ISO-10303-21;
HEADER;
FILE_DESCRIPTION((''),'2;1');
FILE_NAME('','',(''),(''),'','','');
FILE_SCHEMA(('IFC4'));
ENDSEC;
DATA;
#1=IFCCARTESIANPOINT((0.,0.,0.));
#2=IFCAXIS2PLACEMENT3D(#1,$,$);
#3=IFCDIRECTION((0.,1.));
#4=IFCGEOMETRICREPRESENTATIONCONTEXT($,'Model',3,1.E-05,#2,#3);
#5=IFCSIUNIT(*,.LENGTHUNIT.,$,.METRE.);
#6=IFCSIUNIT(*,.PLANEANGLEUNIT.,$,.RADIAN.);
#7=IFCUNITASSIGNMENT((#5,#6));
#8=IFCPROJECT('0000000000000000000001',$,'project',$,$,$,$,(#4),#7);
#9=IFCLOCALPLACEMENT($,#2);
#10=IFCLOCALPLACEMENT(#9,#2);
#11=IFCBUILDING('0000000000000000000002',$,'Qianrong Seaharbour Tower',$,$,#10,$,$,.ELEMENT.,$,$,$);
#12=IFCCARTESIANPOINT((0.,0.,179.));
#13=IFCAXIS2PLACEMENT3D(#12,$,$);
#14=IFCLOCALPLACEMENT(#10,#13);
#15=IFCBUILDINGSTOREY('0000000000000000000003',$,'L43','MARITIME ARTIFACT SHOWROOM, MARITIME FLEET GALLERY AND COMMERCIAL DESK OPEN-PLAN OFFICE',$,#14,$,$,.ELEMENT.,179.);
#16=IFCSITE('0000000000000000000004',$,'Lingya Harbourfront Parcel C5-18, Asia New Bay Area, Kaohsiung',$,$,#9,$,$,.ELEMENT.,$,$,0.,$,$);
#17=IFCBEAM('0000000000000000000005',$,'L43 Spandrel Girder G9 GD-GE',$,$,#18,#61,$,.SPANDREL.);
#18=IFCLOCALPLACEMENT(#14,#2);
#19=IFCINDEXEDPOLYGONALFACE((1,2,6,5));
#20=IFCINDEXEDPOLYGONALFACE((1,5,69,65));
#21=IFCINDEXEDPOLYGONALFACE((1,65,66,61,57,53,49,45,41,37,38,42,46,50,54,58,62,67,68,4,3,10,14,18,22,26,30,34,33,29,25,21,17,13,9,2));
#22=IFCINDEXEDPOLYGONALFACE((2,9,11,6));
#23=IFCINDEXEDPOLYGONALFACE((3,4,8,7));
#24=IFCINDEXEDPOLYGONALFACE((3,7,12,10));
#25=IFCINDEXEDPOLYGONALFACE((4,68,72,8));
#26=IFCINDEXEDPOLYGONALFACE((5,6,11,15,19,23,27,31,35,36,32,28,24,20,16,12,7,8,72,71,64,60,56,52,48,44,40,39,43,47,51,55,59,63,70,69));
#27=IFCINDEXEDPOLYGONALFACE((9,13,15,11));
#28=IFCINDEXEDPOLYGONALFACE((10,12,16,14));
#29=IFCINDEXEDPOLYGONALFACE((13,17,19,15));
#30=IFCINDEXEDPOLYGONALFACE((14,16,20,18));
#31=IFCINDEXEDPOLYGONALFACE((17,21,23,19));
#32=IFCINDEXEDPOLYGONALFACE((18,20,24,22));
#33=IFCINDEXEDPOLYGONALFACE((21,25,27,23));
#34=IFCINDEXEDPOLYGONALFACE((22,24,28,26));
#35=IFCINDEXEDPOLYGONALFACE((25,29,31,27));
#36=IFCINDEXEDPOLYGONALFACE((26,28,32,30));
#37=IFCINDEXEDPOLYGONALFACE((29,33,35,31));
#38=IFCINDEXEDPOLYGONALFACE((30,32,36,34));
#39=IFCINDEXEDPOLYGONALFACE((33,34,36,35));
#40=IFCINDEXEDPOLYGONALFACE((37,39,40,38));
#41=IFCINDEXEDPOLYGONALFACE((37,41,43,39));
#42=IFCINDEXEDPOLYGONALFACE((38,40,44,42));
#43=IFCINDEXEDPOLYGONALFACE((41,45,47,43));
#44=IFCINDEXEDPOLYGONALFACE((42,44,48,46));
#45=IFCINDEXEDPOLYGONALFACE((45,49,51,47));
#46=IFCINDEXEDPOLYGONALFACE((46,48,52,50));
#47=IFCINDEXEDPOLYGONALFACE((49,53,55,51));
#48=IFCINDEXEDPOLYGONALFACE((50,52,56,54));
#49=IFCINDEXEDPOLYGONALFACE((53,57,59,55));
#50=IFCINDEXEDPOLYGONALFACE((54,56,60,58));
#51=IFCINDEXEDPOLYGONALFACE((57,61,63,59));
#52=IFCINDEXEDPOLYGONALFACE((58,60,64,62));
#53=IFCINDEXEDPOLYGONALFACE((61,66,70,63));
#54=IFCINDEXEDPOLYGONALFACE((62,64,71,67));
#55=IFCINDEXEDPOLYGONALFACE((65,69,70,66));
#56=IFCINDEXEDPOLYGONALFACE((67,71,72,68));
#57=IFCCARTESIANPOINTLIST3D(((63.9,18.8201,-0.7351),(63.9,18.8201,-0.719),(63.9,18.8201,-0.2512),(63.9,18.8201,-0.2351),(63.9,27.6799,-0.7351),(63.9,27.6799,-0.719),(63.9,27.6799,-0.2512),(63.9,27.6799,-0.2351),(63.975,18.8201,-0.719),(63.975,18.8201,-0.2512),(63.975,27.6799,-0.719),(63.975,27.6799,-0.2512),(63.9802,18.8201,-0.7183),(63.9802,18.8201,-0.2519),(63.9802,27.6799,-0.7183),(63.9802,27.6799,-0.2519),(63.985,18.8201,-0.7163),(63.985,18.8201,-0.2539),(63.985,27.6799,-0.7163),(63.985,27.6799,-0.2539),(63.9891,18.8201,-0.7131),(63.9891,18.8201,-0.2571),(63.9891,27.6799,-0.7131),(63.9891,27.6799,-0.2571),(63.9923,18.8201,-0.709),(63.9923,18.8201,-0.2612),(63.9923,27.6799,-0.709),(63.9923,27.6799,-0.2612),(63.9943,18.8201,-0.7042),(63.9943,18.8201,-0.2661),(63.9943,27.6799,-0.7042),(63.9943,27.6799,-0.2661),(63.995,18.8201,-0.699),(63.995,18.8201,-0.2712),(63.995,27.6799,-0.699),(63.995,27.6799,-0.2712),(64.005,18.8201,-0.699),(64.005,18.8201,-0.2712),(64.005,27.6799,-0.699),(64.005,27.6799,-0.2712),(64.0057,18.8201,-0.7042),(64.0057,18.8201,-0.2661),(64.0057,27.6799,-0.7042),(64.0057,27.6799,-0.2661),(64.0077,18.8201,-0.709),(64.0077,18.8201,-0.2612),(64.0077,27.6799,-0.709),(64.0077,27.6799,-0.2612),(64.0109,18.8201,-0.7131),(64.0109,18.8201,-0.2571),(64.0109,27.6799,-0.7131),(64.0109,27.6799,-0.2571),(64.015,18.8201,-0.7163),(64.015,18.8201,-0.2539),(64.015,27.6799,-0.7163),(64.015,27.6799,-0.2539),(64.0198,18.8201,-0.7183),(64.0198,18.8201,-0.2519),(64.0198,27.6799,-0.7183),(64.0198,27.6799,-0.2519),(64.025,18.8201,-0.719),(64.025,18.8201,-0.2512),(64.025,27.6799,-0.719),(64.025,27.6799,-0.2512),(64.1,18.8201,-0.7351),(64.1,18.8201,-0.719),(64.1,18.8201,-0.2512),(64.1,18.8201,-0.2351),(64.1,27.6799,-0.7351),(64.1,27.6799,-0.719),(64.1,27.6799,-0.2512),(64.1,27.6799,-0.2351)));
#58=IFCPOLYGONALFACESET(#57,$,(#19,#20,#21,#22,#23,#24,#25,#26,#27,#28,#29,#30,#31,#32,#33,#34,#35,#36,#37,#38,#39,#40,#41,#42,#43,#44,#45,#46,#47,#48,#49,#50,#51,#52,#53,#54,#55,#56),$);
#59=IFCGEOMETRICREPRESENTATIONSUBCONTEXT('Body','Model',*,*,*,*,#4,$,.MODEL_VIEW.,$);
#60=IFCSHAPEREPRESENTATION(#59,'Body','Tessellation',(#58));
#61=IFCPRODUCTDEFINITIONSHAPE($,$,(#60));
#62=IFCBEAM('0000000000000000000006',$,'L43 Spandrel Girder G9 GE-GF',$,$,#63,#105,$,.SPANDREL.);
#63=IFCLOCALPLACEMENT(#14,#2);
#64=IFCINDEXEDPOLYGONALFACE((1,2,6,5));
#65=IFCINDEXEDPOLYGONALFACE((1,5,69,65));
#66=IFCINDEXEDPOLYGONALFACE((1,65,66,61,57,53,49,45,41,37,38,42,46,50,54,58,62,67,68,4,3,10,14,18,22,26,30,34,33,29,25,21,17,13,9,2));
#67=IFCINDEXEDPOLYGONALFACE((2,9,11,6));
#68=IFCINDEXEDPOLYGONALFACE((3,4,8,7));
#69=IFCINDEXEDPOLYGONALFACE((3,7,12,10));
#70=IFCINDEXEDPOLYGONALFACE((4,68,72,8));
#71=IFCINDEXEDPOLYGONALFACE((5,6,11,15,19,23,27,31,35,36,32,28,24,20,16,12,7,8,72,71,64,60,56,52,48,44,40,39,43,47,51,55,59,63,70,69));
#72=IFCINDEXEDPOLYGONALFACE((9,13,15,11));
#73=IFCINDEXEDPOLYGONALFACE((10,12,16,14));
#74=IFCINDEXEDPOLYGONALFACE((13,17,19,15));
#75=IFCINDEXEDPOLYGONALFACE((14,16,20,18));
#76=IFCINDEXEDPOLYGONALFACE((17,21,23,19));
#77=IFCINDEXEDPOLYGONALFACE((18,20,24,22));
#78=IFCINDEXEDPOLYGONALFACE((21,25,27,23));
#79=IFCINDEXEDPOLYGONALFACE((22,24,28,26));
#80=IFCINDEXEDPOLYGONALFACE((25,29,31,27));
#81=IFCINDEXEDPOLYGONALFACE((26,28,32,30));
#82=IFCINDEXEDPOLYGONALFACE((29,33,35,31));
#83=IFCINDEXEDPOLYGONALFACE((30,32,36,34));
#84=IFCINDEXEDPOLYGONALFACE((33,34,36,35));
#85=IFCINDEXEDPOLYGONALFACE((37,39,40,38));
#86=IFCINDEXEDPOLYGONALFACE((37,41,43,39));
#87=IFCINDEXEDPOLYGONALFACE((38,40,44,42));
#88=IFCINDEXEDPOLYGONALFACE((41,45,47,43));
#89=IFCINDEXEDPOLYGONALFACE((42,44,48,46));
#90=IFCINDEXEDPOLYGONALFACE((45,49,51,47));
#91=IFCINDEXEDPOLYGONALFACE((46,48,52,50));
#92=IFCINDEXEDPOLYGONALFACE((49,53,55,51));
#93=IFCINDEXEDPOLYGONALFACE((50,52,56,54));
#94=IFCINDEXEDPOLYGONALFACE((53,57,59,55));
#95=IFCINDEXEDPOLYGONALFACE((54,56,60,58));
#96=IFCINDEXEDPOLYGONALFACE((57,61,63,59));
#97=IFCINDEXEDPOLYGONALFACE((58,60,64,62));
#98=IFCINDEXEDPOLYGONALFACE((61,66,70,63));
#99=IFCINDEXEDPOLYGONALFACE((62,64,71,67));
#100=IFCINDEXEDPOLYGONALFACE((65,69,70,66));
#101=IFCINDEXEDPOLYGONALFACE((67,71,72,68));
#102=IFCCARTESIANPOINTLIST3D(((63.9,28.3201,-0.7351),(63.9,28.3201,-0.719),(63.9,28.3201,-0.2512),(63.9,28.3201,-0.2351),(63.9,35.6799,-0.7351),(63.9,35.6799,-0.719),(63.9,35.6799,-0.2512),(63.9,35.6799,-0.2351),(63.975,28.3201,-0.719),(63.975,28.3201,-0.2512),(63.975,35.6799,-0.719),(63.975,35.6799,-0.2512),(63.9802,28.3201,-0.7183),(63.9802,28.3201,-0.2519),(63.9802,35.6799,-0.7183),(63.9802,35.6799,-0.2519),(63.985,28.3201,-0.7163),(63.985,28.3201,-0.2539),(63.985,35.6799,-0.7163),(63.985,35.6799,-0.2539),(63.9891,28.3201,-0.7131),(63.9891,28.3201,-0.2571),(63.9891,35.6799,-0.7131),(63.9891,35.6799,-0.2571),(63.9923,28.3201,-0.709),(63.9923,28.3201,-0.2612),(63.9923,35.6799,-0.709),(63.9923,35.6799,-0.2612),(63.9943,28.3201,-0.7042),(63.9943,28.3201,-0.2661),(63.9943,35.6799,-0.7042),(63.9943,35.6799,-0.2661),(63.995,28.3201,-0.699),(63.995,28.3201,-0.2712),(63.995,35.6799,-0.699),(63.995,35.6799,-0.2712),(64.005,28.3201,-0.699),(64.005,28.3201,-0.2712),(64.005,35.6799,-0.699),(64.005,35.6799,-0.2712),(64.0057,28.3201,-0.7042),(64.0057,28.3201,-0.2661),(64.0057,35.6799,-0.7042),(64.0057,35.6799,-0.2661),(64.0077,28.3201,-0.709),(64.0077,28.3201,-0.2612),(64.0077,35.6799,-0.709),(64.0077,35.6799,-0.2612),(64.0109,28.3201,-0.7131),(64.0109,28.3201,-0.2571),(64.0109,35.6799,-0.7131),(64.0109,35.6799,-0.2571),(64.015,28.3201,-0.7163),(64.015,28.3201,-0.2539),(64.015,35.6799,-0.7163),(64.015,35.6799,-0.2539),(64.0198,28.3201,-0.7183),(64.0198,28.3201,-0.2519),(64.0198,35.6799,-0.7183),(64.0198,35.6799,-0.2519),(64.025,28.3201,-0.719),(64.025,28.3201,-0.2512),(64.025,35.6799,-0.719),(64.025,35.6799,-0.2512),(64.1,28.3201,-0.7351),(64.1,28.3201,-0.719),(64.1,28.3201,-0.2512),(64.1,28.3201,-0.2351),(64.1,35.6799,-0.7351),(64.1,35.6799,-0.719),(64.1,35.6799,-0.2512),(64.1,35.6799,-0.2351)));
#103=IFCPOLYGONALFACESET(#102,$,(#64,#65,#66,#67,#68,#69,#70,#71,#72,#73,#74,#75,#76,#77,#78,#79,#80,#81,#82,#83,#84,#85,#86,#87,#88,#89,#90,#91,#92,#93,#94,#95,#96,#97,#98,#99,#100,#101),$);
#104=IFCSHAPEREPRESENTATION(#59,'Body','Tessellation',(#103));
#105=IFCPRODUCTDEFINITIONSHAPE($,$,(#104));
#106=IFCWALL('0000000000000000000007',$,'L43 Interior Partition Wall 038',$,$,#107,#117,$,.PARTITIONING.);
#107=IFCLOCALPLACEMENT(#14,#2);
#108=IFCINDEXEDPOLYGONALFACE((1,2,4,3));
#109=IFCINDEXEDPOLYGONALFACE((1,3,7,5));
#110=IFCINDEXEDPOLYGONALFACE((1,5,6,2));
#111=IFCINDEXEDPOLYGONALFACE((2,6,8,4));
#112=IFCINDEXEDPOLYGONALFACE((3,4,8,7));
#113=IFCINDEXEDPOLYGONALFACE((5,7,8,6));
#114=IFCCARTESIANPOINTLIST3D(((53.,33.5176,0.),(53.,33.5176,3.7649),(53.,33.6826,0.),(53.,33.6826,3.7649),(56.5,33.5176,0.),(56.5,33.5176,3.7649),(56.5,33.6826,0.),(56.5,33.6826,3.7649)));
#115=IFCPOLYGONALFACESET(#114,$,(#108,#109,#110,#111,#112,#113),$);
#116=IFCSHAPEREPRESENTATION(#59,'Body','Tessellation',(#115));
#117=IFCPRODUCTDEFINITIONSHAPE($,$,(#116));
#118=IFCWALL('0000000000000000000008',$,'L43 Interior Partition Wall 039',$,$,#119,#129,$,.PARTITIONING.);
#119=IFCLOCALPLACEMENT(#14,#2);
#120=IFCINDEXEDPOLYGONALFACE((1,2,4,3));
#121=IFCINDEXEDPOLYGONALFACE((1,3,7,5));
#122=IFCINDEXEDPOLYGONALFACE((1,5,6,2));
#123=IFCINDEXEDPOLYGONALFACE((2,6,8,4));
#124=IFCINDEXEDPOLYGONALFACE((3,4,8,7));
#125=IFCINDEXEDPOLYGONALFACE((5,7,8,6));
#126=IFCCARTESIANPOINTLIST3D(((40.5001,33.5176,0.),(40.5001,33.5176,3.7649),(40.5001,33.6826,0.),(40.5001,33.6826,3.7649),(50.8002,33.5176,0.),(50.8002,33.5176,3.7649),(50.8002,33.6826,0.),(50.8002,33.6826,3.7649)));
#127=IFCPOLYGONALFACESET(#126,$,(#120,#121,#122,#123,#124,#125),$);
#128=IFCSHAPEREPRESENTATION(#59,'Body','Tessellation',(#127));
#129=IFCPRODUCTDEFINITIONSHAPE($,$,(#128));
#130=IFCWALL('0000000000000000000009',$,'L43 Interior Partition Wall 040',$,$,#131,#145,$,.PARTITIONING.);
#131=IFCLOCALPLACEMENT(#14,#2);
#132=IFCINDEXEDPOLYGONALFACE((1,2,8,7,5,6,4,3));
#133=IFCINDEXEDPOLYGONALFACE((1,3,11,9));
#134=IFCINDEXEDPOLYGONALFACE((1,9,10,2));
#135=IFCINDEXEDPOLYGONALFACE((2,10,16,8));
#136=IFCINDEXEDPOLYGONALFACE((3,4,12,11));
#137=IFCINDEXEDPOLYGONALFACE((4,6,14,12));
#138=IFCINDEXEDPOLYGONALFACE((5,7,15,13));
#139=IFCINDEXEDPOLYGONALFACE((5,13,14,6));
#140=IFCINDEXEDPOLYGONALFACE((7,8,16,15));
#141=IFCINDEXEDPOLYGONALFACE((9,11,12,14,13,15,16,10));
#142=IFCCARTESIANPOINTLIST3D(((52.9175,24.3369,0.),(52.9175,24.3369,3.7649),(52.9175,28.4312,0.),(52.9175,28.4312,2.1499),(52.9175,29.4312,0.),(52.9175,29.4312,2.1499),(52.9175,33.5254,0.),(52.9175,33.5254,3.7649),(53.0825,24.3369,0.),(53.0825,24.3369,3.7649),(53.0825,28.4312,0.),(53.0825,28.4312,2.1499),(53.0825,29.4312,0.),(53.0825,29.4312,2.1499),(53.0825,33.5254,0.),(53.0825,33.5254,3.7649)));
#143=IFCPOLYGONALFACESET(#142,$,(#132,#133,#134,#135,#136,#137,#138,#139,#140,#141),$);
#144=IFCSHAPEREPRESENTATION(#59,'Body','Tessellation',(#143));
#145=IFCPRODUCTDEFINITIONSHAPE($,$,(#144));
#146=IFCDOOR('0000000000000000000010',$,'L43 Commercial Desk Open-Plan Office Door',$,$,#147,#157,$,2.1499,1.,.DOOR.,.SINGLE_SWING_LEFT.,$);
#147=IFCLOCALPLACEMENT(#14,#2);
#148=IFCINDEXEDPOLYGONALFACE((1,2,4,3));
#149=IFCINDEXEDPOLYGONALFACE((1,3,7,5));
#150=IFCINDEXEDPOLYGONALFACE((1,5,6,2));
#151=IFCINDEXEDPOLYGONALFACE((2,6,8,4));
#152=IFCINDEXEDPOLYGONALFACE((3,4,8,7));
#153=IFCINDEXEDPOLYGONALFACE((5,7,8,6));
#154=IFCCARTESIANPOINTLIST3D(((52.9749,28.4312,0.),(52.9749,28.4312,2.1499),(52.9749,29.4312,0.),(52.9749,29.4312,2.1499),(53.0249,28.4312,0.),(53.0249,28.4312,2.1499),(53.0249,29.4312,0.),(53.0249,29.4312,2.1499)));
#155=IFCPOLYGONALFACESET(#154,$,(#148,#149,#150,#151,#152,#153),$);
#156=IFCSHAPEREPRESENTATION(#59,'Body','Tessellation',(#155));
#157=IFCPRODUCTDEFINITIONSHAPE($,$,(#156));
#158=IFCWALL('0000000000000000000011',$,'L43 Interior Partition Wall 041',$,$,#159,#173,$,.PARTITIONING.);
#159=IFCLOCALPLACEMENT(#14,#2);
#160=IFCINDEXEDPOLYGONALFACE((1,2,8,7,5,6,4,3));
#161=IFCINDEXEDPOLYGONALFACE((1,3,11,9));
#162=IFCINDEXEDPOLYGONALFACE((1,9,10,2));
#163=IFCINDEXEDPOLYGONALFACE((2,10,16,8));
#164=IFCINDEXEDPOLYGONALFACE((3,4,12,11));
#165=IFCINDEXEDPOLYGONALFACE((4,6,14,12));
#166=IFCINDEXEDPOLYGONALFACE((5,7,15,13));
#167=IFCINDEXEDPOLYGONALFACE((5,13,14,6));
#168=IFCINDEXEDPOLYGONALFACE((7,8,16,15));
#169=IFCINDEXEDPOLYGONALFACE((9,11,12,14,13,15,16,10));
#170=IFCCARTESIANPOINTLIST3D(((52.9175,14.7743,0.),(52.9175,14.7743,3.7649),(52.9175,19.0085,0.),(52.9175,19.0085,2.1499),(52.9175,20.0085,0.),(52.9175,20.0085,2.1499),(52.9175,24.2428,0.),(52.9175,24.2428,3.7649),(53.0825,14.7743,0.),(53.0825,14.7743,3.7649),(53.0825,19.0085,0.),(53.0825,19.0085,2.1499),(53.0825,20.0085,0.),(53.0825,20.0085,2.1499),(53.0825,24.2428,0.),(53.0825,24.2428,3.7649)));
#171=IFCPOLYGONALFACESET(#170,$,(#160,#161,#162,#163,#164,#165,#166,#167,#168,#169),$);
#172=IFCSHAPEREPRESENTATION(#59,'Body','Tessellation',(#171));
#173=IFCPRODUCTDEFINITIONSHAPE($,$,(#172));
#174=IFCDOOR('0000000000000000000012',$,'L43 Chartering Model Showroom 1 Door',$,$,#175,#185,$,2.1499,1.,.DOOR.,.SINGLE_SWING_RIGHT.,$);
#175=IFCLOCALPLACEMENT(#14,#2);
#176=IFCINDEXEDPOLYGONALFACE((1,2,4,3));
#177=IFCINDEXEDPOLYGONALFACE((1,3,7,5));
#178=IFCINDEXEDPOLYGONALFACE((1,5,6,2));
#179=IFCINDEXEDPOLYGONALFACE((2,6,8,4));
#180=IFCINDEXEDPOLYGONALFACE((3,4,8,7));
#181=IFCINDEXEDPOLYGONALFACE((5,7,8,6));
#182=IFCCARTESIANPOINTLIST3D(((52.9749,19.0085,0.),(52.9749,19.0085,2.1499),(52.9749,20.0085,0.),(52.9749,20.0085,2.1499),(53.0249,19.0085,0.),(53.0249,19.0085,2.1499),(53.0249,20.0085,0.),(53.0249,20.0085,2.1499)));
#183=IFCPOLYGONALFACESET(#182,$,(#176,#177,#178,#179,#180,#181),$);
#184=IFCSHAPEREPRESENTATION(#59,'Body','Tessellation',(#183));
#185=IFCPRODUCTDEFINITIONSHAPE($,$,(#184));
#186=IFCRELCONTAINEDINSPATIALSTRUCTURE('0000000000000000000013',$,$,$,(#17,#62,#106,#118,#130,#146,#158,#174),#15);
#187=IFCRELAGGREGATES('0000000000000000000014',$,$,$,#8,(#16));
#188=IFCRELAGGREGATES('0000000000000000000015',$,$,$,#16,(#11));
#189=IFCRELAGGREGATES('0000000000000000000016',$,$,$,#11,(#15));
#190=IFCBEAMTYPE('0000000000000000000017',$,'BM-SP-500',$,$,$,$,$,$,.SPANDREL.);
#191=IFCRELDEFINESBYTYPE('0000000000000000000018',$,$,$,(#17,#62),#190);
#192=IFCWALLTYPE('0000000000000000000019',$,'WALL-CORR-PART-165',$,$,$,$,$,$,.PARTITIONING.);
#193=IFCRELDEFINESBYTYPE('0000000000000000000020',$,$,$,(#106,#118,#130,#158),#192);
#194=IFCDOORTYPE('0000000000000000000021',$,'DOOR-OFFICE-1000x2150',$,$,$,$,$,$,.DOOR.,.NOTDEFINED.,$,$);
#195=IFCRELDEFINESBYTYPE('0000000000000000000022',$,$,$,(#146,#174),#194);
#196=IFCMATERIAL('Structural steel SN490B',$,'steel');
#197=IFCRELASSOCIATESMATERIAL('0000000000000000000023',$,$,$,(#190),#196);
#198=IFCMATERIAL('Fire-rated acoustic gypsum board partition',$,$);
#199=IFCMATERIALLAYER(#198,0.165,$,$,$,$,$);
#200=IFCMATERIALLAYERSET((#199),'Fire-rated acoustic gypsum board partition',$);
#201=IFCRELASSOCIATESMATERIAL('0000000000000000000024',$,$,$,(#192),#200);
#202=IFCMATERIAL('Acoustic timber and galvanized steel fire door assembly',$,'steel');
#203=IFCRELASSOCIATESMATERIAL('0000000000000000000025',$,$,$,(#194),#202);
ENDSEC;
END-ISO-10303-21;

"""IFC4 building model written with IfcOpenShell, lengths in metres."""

from ifc_helpers import new_model, si_unit, direction, frame, frame_2d, origin, origin_2d, place, context, subcontext, project, spatial, rectangle, i_section, extrude, material, layer, layer_set, material_profile, profile_set, type_object, element, fill, save


model = new_model("IFC4")

# Units and contexts
model_context = context("Model", 3, precision=1e-05, world=origin(), true_north=direction((0.0, 1.0)))
body_context = subcontext(model_context, "Body", "Model", "MODEL_VIEW")
ifc_project = project(units=[si_unit("LENGTHUNIT", "METRE"), si_unit("PLANEANGLEUNIT", "RADIAN")], contexts=[model_context])

# Site, building, storey
site_placement = place(None, origin())
site = spatial("IfcSite", under=ifc_project, at=site_placement, Name="Lingya Harbourfront Parcel C5-18, Asia New Bay Area, Kaohsiung", CompositionType="ELEMENT", RefElevation=0.0)
building_placement = place(site_placement, origin())
building = spatial("IfcBuilding", under=site, at=building_placement, Name="Qianrong Seaharbour Tower", CompositionType="ELEMENT")
storey_placement = place(building_placement, frame((0.0, 0.0, 179.0)))
storey = spatial("IfcBuildingStorey", under=building, at=storey_placement, Name="L43", Description="MARITIME ARTIFACT SHOWROOM, MARITIME FLEET GALLERY AND COMMERCIAL DESK OPEN-PLAN OFFICE", CompositionType="ELEMENT", Elevation=179.0)

# Shared definitions
ifc_material_1 = material(Name="Structural steel SN490B", Category="steel")

# Beams
ifc_material_profile_1 = material_profile(ifc_material_1, i_section(OverallWidth=0.2, OverallDepth=0.5, WebThickness=0.01, FlangeThickness=0.0161, FilletRadius=0.02, at=origin_2d()), Name="H500x200x10x16")
ifc_profile_set_1 = profile_set([ifc_material_profile_1], Name="Structural steel SN490B")
beam_type_1 = type_object("IfcBeamType", Name="BM-SP-500", PredefinedType="SPANDREL", material=ifc_profile_set_1)
beam_1_placement = place(storey_placement, frame((64.0, 18.8201, -0.4851), z_axis=(0.0, 1.0, 0.0), x_axis=(-1.0, 0.0, 0.0)))
element("IfcBeam", 1, at=beam_1_placement, inside=storey, type_object=beam_type_1, Name="L43 Spandrel Girder G9 GD-GE", PredefinedType="SPANDREL", context=body_context, shape_type="SweptSolid", body=[
    extrude(i_section(OverallWidth=0.2, OverallDepth=0.5, WebThickness=0.01, FlangeThickness=0.0161, FilletRadius=0.02, at=origin_2d()), origin(), (0.0, 0.0, 1.0), 8.8599),
])
beam_2_placement = place(storey_placement, frame((64.0, 28.3201, -0.4851), z_axis=(0.0, 1.0, 0.0), x_axis=(-1.0, 0.0, 0.0)))
element("IfcBeam", 2, at=beam_2_placement, inside=storey, type_object=beam_type_1, Name="L43 Spandrel Girder G9 GE-GF", PredefinedType="SPANDREL", context=body_context, shape_type="SweptSolid", body=[
    extrude(i_section(OverallWidth=0.2, OverallDepth=0.5, WebThickness=0.01, FlangeThickness=0.0161, FilletRadius=0.02, at=origin_2d()), origin(), (0.0, 0.0, 1.0), 7.3599),
])

# Walls
ifc_material_2 = material(Name="Fire-rated acoustic gypsum board partition")
ifc_layer_1 = layer(ifc_material_2, 0.165)
ifc_layer_set_1 = layer_set([ifc_layer_1], Name="Fire-rated acoustic gypsum board partition")
wall_type_1 = type_object("IfcWallType", Name="WALL-CORR-PART-165", PredefinedType="PARTITIONING", material=ifc_layer_set_1)
wall_1_placement = place(storey_placement, frame((56.5, 33.6001, 0.0), z_axis=(0.0, 0.0, 1.0), x_axis=(-1.0, 0.0, 0.0)))
element("IfcWall", 3, at=wall_1_placement, inside=storey, type_object=wall_type_1, Name="L43 Interior Partition Wall 038", PredefinedType="PARTITIONING", context=body_context, shape_type="SweptSolid", body=[
    extrude(rectangle(XDim=3.5, YDim=0.165, at=frame_2d((1.75, 0.0))), origin(), (0.0, 0.0, 1.0), 3.7649),
])
wall_2_placement = place(storey_placement, frame((50.8, 33.6001, 0.0), z_axis=(0.0, 0.0, 1.0), x_axis=(-1.0, 0.0, 0.0)))
element("IfcWall", 4, at=wall_2_placement, inside=storey, type_object=wall_type_1, Name="L43 Interior Partition Wall 039", PredefinedType="PARTITIONING", context=body_context, shape_type="SweptSolid", body=[
    extrude(rectangle(XDim=10.3, YDim=0.165, at=frame_2d((5.1499, 0.0))), origin(), (0.0, 0.0, 1.0), 3.7649),
])

# Walls, openings, doors
wall_3_placement = place(storey_placement, frame((53.0, 33.5254, 0.0), z_axis=(0.0, 0.0, 1.0), x_axis=(0.0, -1.0, 0.0)))
wall_3 = element("IfcWall", 5, at=wall_3_placement, inside=storey, type_object=wall_type_1, Name="L43 Interior Partition Wall 040", PredefinedType="PARTITIONING", context=body_context, shape_type="SweptSolid", body=[
    extrude(rectangle(XDim=9.1885, YDim=0.165, at=frame_2d((4.5942, 0.0))), origin(), (0.0, 0.0, 1.0), 3.7649),
])
opening_1_placement = place(wall_3_placement, frame((4.0942, 0.0, 0.0)))
opening_1 = element("IfcOpeningElement", 6, at=opening_1_placement, cuts=wall_3, PredefinedType="OPENING", context=body_context, shape_type="SweptSolid", body=[
    extrude(rectangle(XDim=1.0, YDim=2.1499, at=frame_2d((0.5, 1.075))), frame((0.0, 0.0925, 0.0), z_axis=(0.0, -1.0, 0.0), x_axis=(1.0, 0.0, 0.0)), (0.0, 0.0, 1.0), 0.1851),
])
ifc_material_3 = material(Name="Acoustic timber and galvanized steel fire door assembly", Category="steel")
door_type = type_object("IfcDoorType", Name="DOOR-OFFICE-1000x2150", OperationType="NOTDEFINED", PredefinedType="DOOR", material=ifc_material_3)
door_1_placement = place(opening_1_placement, origin())
door_1 = element("IfcDoor", 7, at=door_1_placement, inside=storey, type_object=door_type, Name="L43 Commercial Desk Open-Plan Office Door", OperationType="SINGLE_SWING_LEFT", OverallHeight=2.1499, OverallWidth=1.0, PredefinedType="DOOR", context=body_context, shape_type="SweptSolid", body=[
    extrude(rectangle(XDim=1.0, YDim=2.1499, at=frame_2d((0.5, 1.075))), frame((0.0, 0.0249, 0.0), z_axis=(0.0, -1.0, 0.0), x_axis=(1.0, 0.0, 0.0)), (0.0, 0.0, 1.0), 0.05),
])
fill(opening_1, door_1)
wall_4_placement = place(storey_placement, frame((53.0, 24.2429, 0.0), z_axis=(0.0, 0.0, 1.0), x_axis=(0.0, -1.0, 0.0)))
wall_4 = element("IfcWall", 8, at=wall_4_placement, inside=storey, type_object=wall_type_1, Name="L43 Interior Partition Wall 041", PredefinedType="PARTITIONING", context=body_context, shape_type="SweptSolid", body=[
    extrude(rectangle(XDim=9.4685, YDim=0.165, at=frame_2d((4.7344, 0.0))), origin(), (0.0, 0.0, 1.0), 3.7649),
])
opening_2_placement = place(wall_4_placement, frame((4.2344, 0.0, 0.0)))
opening_2 = element("IfcOpeningElement", 9, at=opening_2_placement, cuts=wall_4, PredefinedType="OPENING", context=body_context, shape_type="SweptSolid", body=[
    extrude(rectangle(XDim=1.0, YDim=2.1499, at=frame_2d((0.5, 1.075))), frame((0.0, 0.0925, 0.0), z_axis=(0.0, -1.0, 0.0), x_axis=(1.0, 0.0, 0.0)), (0.0, 0.0, 1.0), 0.1851),
])
door_2_placement = place(opening_2_placement, origin())
door_2 = element("IfcDoor", 10, at=door_2_placement, inside=storey, type_object=door_type, Name="L43 Chartering Model Showroom 1 Door", OperationType="SINGLE_SWING_RIGHT", OverallHeight=2.1499, OverallWidth=1.0, PredefinedType="DOOR", context=body_context, shape_type="SweptSolid", body=[
    extrude(rectangle(XDim=1.0, YDim=2.1499, at=frame_2d((0.5, 1.075))), frame((0.0, 0.0249, 0.0), z_axis=(0.0, -1.0, 0.0), x_axis=(1.0, 0.0, 0.0)), (0.0, 0.0, 1.0), 0.05),
])
fill(opening_2, door_2)

save(model, "model.ifc")
